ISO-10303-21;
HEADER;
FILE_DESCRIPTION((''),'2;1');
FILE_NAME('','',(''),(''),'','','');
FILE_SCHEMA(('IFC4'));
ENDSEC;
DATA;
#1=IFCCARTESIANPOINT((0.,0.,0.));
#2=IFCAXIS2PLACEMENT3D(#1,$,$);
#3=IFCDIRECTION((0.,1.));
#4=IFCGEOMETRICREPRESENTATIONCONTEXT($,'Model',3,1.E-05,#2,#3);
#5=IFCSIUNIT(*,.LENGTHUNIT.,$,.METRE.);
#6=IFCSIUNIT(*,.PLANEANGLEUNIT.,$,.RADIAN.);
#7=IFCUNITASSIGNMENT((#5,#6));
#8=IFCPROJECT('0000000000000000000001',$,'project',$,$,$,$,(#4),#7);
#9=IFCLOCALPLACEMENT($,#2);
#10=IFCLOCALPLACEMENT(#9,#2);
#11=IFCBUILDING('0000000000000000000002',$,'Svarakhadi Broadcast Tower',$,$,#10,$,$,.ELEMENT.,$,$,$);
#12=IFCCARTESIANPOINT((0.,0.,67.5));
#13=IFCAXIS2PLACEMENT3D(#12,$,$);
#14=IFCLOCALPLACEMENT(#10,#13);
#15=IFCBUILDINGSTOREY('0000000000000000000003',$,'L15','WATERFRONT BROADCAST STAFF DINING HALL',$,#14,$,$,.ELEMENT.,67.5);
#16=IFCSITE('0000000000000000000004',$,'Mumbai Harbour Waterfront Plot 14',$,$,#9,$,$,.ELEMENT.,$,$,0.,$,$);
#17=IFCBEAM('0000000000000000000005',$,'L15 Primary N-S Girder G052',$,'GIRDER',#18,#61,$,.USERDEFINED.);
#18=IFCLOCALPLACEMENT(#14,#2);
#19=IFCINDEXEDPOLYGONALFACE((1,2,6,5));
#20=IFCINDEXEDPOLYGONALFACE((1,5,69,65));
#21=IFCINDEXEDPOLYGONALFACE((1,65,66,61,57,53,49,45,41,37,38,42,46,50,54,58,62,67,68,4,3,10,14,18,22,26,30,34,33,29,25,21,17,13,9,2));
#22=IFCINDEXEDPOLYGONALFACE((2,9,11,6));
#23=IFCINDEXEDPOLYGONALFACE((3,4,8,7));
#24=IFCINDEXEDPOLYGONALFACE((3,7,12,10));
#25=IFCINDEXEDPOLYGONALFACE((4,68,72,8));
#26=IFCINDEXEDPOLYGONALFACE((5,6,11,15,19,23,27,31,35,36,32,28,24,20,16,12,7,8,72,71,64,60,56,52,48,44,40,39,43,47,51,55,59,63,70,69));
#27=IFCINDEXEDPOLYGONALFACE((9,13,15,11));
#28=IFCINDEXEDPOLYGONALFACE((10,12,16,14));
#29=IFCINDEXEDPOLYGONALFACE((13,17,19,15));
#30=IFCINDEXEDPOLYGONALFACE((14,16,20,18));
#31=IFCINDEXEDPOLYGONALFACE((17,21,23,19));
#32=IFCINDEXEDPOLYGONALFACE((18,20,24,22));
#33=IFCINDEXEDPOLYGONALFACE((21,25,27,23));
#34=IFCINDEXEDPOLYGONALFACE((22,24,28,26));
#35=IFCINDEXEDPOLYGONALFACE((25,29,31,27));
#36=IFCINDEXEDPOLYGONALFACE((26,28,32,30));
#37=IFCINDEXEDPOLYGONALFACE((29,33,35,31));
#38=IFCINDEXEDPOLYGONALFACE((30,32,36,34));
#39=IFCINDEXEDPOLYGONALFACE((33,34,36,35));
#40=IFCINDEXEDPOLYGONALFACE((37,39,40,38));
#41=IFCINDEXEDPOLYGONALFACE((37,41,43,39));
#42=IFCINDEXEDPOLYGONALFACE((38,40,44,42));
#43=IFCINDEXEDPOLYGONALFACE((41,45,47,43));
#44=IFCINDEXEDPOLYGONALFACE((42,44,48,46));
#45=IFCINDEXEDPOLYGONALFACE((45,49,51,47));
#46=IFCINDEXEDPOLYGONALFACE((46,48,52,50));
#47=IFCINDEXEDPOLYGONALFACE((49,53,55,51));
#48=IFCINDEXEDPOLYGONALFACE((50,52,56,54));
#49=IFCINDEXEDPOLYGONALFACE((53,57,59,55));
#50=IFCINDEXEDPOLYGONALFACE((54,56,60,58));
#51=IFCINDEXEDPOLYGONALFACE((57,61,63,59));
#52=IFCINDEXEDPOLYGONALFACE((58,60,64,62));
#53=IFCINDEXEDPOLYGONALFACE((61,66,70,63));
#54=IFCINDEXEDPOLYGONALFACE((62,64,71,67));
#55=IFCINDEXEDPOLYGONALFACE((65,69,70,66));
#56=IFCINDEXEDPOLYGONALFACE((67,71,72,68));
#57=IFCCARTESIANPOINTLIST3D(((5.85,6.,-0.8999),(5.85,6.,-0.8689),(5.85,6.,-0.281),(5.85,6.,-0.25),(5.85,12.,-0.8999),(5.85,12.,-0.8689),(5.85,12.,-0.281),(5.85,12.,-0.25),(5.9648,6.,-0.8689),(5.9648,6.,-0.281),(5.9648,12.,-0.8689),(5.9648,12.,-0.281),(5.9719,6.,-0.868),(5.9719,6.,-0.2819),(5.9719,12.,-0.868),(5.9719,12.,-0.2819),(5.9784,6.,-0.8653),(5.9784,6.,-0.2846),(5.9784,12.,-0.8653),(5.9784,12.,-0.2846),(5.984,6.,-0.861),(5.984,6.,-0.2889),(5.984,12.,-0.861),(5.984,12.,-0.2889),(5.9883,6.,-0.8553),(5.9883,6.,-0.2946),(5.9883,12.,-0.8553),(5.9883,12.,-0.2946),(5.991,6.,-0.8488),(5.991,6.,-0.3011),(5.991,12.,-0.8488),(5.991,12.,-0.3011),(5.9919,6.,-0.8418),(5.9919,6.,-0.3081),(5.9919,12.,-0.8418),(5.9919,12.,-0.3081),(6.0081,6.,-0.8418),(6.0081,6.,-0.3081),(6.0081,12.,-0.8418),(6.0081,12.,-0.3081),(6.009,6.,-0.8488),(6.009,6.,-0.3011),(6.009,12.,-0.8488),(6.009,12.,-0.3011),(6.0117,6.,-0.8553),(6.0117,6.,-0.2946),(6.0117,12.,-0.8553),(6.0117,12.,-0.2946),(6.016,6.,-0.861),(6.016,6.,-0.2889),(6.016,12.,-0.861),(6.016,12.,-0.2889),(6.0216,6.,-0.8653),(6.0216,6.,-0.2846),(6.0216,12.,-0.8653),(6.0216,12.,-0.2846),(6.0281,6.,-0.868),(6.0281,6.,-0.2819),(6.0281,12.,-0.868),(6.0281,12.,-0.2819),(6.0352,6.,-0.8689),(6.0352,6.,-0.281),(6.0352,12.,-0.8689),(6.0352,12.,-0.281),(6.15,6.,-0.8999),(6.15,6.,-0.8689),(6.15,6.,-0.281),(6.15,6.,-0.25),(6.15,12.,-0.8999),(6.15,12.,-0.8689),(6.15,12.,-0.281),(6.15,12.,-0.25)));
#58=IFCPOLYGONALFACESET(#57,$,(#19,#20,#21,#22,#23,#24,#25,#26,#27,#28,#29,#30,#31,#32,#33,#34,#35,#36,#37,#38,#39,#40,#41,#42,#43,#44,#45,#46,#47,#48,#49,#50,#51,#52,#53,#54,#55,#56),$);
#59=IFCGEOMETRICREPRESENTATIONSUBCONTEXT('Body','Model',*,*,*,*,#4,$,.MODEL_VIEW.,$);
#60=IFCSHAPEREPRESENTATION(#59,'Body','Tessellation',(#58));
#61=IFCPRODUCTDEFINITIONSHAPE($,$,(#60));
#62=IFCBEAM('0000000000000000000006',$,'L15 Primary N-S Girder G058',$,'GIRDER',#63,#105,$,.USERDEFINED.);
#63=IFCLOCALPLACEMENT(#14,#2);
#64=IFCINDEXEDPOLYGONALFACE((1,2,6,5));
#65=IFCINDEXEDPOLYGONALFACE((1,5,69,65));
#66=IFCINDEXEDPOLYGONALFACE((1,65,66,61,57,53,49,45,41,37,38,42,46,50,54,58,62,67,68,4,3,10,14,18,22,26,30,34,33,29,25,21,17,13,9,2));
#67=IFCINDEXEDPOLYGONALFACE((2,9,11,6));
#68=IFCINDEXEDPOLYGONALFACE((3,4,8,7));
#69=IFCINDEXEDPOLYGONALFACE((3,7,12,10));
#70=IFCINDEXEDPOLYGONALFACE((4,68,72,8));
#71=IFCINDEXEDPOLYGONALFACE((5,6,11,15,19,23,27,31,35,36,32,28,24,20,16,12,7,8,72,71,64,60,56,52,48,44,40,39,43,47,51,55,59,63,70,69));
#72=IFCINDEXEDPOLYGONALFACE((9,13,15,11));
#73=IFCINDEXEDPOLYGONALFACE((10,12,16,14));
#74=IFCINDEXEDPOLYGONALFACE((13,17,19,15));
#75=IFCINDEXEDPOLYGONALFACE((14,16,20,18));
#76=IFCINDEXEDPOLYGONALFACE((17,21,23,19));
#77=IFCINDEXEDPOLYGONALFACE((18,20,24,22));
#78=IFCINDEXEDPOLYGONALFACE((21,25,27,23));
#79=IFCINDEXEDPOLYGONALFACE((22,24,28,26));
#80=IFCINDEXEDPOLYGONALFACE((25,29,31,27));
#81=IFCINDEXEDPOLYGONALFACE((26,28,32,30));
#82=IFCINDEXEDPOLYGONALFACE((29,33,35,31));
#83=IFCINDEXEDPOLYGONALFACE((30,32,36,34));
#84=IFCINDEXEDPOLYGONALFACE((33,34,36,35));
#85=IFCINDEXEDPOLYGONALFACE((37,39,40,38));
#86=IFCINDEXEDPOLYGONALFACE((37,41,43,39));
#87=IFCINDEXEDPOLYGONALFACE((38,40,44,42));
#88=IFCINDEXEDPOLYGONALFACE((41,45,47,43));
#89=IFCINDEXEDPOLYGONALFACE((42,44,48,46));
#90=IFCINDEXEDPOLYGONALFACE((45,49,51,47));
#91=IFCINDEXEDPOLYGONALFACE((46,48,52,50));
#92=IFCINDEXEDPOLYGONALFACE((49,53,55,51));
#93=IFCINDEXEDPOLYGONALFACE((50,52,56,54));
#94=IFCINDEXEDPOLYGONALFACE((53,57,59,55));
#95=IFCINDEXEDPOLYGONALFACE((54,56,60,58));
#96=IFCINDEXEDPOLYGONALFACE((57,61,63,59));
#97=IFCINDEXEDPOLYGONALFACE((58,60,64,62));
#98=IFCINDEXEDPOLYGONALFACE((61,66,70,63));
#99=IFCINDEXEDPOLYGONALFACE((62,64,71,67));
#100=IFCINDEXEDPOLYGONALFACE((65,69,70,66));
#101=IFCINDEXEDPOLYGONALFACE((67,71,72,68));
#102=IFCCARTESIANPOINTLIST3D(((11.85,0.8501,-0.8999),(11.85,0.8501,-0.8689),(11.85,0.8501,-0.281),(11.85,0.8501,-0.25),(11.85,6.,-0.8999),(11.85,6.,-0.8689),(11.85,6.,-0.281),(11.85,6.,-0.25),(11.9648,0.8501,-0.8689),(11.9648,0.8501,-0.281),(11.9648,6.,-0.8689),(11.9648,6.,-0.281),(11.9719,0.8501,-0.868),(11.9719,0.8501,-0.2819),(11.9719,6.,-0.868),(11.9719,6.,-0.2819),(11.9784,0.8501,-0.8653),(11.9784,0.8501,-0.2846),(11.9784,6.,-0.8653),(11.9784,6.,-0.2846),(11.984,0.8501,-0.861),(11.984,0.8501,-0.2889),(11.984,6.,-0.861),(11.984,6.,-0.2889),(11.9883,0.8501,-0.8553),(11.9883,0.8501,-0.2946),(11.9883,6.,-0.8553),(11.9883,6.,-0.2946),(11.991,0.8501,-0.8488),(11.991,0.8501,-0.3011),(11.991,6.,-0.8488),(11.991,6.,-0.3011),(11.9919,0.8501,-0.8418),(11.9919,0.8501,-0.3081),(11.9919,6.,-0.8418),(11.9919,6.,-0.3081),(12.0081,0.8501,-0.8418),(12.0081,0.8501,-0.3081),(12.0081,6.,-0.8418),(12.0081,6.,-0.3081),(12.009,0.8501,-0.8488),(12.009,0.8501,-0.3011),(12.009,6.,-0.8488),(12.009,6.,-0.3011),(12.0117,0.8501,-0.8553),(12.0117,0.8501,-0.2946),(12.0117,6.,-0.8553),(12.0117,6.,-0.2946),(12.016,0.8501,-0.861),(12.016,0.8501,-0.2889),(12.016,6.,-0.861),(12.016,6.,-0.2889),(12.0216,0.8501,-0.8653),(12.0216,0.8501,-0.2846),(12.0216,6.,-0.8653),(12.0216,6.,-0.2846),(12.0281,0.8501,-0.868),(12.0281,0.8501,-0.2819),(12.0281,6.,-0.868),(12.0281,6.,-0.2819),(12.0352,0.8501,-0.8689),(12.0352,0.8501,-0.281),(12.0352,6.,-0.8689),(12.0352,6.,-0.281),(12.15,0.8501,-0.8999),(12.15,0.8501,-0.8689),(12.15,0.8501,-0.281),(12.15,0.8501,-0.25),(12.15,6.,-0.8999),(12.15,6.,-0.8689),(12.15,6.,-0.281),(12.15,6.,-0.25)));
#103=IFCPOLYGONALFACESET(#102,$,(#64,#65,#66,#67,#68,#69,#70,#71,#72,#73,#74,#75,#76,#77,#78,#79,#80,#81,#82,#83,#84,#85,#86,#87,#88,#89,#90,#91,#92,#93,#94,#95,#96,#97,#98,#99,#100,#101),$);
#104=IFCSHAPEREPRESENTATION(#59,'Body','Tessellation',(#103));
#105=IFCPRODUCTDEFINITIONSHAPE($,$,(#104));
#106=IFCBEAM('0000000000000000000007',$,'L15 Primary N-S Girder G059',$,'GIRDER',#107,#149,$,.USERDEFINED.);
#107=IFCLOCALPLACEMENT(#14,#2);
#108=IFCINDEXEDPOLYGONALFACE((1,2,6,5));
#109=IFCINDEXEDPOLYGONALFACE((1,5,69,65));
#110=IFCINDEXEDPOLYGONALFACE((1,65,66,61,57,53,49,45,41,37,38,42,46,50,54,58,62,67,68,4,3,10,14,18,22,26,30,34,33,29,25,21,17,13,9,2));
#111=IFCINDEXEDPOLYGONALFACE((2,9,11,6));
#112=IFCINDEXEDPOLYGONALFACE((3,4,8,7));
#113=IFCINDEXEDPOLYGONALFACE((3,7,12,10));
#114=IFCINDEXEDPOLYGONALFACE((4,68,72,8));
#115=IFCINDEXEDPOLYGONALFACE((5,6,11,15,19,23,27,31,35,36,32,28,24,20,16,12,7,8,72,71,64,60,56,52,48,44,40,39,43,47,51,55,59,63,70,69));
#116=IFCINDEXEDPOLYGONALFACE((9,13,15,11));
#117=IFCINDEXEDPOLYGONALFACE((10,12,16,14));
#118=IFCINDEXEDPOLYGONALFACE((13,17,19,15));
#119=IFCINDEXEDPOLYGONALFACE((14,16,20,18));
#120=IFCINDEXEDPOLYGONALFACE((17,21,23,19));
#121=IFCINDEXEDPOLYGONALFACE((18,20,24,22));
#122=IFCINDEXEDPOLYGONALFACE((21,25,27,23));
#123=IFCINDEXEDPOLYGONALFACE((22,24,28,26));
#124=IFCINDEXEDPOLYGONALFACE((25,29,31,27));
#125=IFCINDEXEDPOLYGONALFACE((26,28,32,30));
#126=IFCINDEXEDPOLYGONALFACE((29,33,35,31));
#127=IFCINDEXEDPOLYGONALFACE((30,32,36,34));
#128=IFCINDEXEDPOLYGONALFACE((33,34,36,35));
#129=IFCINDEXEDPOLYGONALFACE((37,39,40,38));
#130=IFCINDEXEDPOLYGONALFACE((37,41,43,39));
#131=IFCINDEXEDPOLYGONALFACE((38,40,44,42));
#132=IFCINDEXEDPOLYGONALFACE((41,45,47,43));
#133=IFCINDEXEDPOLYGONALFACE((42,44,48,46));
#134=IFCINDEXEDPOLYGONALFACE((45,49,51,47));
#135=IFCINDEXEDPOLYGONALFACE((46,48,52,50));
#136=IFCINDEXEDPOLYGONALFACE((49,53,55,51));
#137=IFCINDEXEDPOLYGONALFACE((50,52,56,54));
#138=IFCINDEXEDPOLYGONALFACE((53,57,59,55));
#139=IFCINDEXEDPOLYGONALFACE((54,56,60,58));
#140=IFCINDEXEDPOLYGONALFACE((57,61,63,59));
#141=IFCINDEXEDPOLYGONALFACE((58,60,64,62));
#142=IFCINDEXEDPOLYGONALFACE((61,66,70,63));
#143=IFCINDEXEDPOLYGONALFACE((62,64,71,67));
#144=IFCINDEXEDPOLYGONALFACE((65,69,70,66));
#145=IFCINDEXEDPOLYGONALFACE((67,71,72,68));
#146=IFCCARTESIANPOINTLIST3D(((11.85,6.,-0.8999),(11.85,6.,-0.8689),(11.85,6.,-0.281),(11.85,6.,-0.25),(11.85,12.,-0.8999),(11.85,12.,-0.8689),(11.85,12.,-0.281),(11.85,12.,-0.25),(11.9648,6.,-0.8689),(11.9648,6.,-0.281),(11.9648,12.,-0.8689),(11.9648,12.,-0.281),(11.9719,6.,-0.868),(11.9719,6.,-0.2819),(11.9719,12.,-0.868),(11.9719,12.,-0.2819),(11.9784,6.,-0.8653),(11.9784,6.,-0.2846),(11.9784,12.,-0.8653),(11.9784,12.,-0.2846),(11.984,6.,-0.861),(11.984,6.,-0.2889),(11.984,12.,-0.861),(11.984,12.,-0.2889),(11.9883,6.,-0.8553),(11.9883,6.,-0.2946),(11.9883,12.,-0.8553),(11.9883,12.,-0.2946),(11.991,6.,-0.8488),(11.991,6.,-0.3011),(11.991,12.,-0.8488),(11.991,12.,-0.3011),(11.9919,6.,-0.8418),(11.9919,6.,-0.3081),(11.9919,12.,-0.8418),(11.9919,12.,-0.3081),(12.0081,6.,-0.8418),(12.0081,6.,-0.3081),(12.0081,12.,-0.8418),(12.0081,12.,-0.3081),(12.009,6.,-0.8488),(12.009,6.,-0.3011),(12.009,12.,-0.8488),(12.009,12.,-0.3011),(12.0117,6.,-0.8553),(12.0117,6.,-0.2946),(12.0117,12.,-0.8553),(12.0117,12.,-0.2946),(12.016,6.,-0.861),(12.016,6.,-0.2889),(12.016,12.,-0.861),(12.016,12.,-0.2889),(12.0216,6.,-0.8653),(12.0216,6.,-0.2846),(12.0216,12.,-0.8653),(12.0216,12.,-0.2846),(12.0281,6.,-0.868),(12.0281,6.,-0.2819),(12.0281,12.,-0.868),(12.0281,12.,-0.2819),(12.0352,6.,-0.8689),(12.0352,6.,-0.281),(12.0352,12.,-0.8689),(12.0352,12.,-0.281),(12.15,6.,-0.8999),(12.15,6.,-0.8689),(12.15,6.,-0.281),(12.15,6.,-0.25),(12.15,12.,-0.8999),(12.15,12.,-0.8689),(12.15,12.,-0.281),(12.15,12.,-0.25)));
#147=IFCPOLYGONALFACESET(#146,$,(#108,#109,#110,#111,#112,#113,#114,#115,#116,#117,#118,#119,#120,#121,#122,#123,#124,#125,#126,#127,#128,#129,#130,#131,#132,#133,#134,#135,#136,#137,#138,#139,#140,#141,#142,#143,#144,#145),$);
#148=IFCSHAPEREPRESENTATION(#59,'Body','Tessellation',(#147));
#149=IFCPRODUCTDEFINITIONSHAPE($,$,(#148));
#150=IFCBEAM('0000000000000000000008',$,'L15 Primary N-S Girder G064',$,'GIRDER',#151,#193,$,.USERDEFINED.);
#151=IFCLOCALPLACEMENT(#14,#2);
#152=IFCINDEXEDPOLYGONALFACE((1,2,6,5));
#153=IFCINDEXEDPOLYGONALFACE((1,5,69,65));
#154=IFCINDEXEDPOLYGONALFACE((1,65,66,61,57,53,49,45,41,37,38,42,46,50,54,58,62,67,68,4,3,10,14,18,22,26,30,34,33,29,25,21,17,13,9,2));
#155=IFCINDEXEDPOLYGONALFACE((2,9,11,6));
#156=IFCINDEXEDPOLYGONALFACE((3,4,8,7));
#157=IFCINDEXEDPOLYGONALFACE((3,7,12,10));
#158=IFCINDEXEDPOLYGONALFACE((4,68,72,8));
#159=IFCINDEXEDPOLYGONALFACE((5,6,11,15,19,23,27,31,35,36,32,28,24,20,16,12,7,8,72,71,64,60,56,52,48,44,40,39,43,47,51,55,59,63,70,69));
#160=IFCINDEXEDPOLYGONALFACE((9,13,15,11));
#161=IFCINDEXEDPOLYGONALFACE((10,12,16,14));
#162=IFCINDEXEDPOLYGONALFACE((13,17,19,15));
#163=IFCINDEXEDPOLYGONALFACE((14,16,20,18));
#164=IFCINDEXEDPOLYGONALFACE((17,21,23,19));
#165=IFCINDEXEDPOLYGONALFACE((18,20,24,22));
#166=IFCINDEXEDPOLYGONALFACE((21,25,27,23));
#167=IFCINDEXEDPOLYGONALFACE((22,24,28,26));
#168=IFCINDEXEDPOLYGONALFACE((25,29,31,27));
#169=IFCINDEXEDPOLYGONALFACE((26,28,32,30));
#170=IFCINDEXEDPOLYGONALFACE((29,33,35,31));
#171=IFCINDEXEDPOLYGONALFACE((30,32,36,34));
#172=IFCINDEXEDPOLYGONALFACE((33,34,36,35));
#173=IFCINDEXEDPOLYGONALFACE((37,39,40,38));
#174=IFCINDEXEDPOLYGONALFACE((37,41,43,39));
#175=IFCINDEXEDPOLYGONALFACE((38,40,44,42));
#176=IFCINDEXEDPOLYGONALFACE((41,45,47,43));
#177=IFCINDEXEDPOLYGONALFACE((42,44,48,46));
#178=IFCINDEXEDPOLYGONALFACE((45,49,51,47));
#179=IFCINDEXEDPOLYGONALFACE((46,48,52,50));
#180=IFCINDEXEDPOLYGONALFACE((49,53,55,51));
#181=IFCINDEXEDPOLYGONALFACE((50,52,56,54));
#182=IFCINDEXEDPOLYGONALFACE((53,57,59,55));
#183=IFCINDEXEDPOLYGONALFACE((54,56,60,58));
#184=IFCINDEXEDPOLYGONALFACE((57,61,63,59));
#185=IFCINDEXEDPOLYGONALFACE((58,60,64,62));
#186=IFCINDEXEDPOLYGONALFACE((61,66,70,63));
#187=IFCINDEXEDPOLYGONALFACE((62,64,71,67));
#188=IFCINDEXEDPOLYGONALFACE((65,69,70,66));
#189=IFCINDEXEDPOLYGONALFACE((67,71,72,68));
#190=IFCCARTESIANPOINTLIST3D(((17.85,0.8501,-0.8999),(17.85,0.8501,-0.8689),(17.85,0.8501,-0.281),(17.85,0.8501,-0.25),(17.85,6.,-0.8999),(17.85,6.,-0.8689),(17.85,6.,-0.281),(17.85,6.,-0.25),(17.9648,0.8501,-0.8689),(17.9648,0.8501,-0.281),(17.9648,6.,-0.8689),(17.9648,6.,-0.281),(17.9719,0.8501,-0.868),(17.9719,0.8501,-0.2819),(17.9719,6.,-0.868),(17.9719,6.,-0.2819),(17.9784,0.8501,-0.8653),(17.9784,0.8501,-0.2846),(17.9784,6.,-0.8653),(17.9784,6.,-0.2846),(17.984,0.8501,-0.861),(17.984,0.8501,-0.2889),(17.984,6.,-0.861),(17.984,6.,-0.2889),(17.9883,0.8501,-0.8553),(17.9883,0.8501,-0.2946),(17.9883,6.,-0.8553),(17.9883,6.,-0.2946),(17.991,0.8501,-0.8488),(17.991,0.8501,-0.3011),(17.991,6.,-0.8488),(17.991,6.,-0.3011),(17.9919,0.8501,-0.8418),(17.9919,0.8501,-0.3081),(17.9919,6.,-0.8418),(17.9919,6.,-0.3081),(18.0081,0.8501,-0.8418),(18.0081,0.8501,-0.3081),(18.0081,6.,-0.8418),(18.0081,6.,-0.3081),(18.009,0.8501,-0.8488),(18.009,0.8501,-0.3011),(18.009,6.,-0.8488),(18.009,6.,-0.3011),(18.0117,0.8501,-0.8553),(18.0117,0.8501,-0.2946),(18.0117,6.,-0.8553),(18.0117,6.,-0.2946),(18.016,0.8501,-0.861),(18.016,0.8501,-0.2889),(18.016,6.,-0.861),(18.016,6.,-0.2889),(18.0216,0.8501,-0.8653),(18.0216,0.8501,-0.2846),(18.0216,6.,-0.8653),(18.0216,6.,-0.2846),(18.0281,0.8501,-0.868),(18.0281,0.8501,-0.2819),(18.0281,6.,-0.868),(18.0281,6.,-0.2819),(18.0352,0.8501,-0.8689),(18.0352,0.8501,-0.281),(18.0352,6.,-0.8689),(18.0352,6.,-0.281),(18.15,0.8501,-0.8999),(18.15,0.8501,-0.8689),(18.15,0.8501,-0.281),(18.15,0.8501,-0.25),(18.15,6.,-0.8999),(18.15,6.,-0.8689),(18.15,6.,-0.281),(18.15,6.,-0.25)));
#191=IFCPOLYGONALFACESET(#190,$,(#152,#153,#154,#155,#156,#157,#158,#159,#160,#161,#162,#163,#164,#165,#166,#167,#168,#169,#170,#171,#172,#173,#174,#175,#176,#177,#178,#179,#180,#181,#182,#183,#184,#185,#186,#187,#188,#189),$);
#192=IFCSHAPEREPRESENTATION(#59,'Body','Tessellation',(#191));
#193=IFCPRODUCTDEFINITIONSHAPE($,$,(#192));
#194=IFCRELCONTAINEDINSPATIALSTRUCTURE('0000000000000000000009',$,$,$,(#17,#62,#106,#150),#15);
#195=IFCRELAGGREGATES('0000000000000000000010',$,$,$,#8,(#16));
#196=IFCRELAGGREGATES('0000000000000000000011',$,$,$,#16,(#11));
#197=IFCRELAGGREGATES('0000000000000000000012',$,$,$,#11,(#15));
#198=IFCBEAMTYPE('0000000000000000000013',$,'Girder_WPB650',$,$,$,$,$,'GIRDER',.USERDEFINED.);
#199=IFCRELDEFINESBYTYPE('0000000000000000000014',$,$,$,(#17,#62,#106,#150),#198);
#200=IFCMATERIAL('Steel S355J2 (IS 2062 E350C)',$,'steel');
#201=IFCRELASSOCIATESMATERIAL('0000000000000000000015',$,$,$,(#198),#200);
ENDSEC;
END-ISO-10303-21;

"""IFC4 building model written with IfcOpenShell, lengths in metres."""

from ifc_helpers import new_model, si_unit, direction, frame, origin, origin_2d, place, context, subcontext, project, spatial, i_section, extrude, material, material_profile, profile_set, type_object, element, save


model = new_model("IFC4")

# Units and contexts
model_context = context("Model", 3, precision=1e-05, world=origin(), true_north=direction((0.0, 1.0)))
body_context = subcontext(model_context, "Body", "Model", "MODEL_VIEW")
ifc_project = project(units=[si_unit("LENGTHUNIT", "METRE"), si_unit("PLANEANGLEUNIT", "RADIAN")], contexts=[model_context])

# Site, building, storey
site_placement = place(None, origin())
site = spatial("IfcSite", under=ifc_project, at=site_placement, Name="Mumbai Harbour Waterfront Plot 14", CompositionType="ELEMENT", RefElevation=0.0)
building_placement = place(site_placement, origin())
building = spatial("IfcBuilding", under=site, at=building_placement, Name="Svarakhadi Broadcast Tower", CompositionType="ELEMENT")
storey_placement = place(building_placement, frame((0.0, 0.0, 67.5)))
storey = spatial("IfcBuildingStorey", under=building, at=storey_placement, Name="L15", Description="WATERFRONT BROADCAST STAFF DINING HALL", CompositionType="ELEMENT", Elevation=67.5)

# Shared definitions
ifc_material_1 = material(Name="Steel S355J2 (IS 2062 E350C)", Category="steel")

# Beams
ifc_material_profile_1 = material_profile(ifc_material_1, i_section(OverallWidth=0.3, OverallDepth=0.6499, WebThickness=0.0161, FlangeThickness=0.031, FilletRadius=0.0271, at=origin_2d()), Name="WPB 650x300x225")
ifc_profile_set_1 = profile_set([ifc_material_profile_1], Name="Steel S355J2 (IS 2062 E350C)")
beam_type_1 = type_object("IfcBeamType", Name="Girder_WPB650", ElementType="GIRDER", PredefinedType="USERDEFINED", material=ifc_profile_set_1)
beam_1_placement = place(storey_placement, frame((6.0, 6.0, -0.575), z_axis=(0.0, 1.0, 0.0), x_axis=(-1.0, 0.0, 0.0)))
element("IfcBeam", 1, at=beam_1_placement, inside=storey, type_object=beam_type_1, Name="L15 Primary N-S Girder G052", ObjectType="GIRDER", PredefinedType="USERDEFINED", context=body_context, shape_type="SweptSolid", body=[
    extrude(i_section(OverallWidth=0.3, OverallDepth=0.6499, WebThickness=0.0161, FlangeThickness=0.031, FilletRadius=0.0271, at=origin_2d()), origin(), (0.0, 0.0, 1.0), 6.0),
])
beam_2_placement = place(storey_placement, frame((12.0, 0.8501, -0.575), z_axis=(0.0, 1.0, 0.0), x_axis=(-1.0, 0.0, 0.0)))
element("IfcBeam", 2, at=beam_2_placement, inside=storey, type_object=beam_type_1, Name="L15 Primary N-S Girder G058", ObjectType="GIRDER", PredefinedType="USERDEFINED", context=body_context, shape_type="SweptSolid", body=[
    extrude(i_section(OverallWidth=0.3, OverallDepth=0.6499, WebThickness=0.0161, FlangeThickness=0.031, FilletRadius=0.0271, at=origin_2d()), origin(), (0.0, 0.0, 1.0), 5.1499),
])
beam_3_placement = place(storey_placement, frame((12.0, 6.0, -0.575), z_axis=(0.0, 1.0, 0.0), x_axis=(-1.0, 0.0, 0.0)))
element("IfcBeam", 3, at=beam_3_placement, inside=storey, type_object=beam_type_1, Name="L15 Primary N-S Girder G059", ObjectType="GIRDER", PredefinedType="USERDEFINED", context=body_context, shape_type="SweptSolid", body=[
    extrude(i_section(OverallWidth=0.3, OverallDepth=0.6499, WebThickness=0.0161, FlangeThickness=0.031, FilletRadius=0.0271, at=origin_2d()), origin(), (0.0, 0.0, 1.0), 6.0),
])
beam_4_placement = place(storey_placement, frame((18.0, 0.8501, -0.575), z_axis=(0.0, 1.0, 0.0), x_axis=(-1.0, 0.0, 0.0)))
element("IfcBeam", 4, at=beam_4_placement, inside=storey, type_object=beam_type_1, Name="L15 Primary N-S Girder G064", ObjectType="GIRDER", PredefinedType="USERDEFINED", context=body_context, shape_type="SweptSolid", body=[
    extrude(i_section(OverallWidth=0.3, OverallDepth=0.6499, WebThickness=0.0161, FlangeThickness=0.031, FilletRadius=0.0271, at=origin_2d()), origin(), (0.0, 0.0, 1.0), 5.1499),
])

save(model, "model.ifc")
